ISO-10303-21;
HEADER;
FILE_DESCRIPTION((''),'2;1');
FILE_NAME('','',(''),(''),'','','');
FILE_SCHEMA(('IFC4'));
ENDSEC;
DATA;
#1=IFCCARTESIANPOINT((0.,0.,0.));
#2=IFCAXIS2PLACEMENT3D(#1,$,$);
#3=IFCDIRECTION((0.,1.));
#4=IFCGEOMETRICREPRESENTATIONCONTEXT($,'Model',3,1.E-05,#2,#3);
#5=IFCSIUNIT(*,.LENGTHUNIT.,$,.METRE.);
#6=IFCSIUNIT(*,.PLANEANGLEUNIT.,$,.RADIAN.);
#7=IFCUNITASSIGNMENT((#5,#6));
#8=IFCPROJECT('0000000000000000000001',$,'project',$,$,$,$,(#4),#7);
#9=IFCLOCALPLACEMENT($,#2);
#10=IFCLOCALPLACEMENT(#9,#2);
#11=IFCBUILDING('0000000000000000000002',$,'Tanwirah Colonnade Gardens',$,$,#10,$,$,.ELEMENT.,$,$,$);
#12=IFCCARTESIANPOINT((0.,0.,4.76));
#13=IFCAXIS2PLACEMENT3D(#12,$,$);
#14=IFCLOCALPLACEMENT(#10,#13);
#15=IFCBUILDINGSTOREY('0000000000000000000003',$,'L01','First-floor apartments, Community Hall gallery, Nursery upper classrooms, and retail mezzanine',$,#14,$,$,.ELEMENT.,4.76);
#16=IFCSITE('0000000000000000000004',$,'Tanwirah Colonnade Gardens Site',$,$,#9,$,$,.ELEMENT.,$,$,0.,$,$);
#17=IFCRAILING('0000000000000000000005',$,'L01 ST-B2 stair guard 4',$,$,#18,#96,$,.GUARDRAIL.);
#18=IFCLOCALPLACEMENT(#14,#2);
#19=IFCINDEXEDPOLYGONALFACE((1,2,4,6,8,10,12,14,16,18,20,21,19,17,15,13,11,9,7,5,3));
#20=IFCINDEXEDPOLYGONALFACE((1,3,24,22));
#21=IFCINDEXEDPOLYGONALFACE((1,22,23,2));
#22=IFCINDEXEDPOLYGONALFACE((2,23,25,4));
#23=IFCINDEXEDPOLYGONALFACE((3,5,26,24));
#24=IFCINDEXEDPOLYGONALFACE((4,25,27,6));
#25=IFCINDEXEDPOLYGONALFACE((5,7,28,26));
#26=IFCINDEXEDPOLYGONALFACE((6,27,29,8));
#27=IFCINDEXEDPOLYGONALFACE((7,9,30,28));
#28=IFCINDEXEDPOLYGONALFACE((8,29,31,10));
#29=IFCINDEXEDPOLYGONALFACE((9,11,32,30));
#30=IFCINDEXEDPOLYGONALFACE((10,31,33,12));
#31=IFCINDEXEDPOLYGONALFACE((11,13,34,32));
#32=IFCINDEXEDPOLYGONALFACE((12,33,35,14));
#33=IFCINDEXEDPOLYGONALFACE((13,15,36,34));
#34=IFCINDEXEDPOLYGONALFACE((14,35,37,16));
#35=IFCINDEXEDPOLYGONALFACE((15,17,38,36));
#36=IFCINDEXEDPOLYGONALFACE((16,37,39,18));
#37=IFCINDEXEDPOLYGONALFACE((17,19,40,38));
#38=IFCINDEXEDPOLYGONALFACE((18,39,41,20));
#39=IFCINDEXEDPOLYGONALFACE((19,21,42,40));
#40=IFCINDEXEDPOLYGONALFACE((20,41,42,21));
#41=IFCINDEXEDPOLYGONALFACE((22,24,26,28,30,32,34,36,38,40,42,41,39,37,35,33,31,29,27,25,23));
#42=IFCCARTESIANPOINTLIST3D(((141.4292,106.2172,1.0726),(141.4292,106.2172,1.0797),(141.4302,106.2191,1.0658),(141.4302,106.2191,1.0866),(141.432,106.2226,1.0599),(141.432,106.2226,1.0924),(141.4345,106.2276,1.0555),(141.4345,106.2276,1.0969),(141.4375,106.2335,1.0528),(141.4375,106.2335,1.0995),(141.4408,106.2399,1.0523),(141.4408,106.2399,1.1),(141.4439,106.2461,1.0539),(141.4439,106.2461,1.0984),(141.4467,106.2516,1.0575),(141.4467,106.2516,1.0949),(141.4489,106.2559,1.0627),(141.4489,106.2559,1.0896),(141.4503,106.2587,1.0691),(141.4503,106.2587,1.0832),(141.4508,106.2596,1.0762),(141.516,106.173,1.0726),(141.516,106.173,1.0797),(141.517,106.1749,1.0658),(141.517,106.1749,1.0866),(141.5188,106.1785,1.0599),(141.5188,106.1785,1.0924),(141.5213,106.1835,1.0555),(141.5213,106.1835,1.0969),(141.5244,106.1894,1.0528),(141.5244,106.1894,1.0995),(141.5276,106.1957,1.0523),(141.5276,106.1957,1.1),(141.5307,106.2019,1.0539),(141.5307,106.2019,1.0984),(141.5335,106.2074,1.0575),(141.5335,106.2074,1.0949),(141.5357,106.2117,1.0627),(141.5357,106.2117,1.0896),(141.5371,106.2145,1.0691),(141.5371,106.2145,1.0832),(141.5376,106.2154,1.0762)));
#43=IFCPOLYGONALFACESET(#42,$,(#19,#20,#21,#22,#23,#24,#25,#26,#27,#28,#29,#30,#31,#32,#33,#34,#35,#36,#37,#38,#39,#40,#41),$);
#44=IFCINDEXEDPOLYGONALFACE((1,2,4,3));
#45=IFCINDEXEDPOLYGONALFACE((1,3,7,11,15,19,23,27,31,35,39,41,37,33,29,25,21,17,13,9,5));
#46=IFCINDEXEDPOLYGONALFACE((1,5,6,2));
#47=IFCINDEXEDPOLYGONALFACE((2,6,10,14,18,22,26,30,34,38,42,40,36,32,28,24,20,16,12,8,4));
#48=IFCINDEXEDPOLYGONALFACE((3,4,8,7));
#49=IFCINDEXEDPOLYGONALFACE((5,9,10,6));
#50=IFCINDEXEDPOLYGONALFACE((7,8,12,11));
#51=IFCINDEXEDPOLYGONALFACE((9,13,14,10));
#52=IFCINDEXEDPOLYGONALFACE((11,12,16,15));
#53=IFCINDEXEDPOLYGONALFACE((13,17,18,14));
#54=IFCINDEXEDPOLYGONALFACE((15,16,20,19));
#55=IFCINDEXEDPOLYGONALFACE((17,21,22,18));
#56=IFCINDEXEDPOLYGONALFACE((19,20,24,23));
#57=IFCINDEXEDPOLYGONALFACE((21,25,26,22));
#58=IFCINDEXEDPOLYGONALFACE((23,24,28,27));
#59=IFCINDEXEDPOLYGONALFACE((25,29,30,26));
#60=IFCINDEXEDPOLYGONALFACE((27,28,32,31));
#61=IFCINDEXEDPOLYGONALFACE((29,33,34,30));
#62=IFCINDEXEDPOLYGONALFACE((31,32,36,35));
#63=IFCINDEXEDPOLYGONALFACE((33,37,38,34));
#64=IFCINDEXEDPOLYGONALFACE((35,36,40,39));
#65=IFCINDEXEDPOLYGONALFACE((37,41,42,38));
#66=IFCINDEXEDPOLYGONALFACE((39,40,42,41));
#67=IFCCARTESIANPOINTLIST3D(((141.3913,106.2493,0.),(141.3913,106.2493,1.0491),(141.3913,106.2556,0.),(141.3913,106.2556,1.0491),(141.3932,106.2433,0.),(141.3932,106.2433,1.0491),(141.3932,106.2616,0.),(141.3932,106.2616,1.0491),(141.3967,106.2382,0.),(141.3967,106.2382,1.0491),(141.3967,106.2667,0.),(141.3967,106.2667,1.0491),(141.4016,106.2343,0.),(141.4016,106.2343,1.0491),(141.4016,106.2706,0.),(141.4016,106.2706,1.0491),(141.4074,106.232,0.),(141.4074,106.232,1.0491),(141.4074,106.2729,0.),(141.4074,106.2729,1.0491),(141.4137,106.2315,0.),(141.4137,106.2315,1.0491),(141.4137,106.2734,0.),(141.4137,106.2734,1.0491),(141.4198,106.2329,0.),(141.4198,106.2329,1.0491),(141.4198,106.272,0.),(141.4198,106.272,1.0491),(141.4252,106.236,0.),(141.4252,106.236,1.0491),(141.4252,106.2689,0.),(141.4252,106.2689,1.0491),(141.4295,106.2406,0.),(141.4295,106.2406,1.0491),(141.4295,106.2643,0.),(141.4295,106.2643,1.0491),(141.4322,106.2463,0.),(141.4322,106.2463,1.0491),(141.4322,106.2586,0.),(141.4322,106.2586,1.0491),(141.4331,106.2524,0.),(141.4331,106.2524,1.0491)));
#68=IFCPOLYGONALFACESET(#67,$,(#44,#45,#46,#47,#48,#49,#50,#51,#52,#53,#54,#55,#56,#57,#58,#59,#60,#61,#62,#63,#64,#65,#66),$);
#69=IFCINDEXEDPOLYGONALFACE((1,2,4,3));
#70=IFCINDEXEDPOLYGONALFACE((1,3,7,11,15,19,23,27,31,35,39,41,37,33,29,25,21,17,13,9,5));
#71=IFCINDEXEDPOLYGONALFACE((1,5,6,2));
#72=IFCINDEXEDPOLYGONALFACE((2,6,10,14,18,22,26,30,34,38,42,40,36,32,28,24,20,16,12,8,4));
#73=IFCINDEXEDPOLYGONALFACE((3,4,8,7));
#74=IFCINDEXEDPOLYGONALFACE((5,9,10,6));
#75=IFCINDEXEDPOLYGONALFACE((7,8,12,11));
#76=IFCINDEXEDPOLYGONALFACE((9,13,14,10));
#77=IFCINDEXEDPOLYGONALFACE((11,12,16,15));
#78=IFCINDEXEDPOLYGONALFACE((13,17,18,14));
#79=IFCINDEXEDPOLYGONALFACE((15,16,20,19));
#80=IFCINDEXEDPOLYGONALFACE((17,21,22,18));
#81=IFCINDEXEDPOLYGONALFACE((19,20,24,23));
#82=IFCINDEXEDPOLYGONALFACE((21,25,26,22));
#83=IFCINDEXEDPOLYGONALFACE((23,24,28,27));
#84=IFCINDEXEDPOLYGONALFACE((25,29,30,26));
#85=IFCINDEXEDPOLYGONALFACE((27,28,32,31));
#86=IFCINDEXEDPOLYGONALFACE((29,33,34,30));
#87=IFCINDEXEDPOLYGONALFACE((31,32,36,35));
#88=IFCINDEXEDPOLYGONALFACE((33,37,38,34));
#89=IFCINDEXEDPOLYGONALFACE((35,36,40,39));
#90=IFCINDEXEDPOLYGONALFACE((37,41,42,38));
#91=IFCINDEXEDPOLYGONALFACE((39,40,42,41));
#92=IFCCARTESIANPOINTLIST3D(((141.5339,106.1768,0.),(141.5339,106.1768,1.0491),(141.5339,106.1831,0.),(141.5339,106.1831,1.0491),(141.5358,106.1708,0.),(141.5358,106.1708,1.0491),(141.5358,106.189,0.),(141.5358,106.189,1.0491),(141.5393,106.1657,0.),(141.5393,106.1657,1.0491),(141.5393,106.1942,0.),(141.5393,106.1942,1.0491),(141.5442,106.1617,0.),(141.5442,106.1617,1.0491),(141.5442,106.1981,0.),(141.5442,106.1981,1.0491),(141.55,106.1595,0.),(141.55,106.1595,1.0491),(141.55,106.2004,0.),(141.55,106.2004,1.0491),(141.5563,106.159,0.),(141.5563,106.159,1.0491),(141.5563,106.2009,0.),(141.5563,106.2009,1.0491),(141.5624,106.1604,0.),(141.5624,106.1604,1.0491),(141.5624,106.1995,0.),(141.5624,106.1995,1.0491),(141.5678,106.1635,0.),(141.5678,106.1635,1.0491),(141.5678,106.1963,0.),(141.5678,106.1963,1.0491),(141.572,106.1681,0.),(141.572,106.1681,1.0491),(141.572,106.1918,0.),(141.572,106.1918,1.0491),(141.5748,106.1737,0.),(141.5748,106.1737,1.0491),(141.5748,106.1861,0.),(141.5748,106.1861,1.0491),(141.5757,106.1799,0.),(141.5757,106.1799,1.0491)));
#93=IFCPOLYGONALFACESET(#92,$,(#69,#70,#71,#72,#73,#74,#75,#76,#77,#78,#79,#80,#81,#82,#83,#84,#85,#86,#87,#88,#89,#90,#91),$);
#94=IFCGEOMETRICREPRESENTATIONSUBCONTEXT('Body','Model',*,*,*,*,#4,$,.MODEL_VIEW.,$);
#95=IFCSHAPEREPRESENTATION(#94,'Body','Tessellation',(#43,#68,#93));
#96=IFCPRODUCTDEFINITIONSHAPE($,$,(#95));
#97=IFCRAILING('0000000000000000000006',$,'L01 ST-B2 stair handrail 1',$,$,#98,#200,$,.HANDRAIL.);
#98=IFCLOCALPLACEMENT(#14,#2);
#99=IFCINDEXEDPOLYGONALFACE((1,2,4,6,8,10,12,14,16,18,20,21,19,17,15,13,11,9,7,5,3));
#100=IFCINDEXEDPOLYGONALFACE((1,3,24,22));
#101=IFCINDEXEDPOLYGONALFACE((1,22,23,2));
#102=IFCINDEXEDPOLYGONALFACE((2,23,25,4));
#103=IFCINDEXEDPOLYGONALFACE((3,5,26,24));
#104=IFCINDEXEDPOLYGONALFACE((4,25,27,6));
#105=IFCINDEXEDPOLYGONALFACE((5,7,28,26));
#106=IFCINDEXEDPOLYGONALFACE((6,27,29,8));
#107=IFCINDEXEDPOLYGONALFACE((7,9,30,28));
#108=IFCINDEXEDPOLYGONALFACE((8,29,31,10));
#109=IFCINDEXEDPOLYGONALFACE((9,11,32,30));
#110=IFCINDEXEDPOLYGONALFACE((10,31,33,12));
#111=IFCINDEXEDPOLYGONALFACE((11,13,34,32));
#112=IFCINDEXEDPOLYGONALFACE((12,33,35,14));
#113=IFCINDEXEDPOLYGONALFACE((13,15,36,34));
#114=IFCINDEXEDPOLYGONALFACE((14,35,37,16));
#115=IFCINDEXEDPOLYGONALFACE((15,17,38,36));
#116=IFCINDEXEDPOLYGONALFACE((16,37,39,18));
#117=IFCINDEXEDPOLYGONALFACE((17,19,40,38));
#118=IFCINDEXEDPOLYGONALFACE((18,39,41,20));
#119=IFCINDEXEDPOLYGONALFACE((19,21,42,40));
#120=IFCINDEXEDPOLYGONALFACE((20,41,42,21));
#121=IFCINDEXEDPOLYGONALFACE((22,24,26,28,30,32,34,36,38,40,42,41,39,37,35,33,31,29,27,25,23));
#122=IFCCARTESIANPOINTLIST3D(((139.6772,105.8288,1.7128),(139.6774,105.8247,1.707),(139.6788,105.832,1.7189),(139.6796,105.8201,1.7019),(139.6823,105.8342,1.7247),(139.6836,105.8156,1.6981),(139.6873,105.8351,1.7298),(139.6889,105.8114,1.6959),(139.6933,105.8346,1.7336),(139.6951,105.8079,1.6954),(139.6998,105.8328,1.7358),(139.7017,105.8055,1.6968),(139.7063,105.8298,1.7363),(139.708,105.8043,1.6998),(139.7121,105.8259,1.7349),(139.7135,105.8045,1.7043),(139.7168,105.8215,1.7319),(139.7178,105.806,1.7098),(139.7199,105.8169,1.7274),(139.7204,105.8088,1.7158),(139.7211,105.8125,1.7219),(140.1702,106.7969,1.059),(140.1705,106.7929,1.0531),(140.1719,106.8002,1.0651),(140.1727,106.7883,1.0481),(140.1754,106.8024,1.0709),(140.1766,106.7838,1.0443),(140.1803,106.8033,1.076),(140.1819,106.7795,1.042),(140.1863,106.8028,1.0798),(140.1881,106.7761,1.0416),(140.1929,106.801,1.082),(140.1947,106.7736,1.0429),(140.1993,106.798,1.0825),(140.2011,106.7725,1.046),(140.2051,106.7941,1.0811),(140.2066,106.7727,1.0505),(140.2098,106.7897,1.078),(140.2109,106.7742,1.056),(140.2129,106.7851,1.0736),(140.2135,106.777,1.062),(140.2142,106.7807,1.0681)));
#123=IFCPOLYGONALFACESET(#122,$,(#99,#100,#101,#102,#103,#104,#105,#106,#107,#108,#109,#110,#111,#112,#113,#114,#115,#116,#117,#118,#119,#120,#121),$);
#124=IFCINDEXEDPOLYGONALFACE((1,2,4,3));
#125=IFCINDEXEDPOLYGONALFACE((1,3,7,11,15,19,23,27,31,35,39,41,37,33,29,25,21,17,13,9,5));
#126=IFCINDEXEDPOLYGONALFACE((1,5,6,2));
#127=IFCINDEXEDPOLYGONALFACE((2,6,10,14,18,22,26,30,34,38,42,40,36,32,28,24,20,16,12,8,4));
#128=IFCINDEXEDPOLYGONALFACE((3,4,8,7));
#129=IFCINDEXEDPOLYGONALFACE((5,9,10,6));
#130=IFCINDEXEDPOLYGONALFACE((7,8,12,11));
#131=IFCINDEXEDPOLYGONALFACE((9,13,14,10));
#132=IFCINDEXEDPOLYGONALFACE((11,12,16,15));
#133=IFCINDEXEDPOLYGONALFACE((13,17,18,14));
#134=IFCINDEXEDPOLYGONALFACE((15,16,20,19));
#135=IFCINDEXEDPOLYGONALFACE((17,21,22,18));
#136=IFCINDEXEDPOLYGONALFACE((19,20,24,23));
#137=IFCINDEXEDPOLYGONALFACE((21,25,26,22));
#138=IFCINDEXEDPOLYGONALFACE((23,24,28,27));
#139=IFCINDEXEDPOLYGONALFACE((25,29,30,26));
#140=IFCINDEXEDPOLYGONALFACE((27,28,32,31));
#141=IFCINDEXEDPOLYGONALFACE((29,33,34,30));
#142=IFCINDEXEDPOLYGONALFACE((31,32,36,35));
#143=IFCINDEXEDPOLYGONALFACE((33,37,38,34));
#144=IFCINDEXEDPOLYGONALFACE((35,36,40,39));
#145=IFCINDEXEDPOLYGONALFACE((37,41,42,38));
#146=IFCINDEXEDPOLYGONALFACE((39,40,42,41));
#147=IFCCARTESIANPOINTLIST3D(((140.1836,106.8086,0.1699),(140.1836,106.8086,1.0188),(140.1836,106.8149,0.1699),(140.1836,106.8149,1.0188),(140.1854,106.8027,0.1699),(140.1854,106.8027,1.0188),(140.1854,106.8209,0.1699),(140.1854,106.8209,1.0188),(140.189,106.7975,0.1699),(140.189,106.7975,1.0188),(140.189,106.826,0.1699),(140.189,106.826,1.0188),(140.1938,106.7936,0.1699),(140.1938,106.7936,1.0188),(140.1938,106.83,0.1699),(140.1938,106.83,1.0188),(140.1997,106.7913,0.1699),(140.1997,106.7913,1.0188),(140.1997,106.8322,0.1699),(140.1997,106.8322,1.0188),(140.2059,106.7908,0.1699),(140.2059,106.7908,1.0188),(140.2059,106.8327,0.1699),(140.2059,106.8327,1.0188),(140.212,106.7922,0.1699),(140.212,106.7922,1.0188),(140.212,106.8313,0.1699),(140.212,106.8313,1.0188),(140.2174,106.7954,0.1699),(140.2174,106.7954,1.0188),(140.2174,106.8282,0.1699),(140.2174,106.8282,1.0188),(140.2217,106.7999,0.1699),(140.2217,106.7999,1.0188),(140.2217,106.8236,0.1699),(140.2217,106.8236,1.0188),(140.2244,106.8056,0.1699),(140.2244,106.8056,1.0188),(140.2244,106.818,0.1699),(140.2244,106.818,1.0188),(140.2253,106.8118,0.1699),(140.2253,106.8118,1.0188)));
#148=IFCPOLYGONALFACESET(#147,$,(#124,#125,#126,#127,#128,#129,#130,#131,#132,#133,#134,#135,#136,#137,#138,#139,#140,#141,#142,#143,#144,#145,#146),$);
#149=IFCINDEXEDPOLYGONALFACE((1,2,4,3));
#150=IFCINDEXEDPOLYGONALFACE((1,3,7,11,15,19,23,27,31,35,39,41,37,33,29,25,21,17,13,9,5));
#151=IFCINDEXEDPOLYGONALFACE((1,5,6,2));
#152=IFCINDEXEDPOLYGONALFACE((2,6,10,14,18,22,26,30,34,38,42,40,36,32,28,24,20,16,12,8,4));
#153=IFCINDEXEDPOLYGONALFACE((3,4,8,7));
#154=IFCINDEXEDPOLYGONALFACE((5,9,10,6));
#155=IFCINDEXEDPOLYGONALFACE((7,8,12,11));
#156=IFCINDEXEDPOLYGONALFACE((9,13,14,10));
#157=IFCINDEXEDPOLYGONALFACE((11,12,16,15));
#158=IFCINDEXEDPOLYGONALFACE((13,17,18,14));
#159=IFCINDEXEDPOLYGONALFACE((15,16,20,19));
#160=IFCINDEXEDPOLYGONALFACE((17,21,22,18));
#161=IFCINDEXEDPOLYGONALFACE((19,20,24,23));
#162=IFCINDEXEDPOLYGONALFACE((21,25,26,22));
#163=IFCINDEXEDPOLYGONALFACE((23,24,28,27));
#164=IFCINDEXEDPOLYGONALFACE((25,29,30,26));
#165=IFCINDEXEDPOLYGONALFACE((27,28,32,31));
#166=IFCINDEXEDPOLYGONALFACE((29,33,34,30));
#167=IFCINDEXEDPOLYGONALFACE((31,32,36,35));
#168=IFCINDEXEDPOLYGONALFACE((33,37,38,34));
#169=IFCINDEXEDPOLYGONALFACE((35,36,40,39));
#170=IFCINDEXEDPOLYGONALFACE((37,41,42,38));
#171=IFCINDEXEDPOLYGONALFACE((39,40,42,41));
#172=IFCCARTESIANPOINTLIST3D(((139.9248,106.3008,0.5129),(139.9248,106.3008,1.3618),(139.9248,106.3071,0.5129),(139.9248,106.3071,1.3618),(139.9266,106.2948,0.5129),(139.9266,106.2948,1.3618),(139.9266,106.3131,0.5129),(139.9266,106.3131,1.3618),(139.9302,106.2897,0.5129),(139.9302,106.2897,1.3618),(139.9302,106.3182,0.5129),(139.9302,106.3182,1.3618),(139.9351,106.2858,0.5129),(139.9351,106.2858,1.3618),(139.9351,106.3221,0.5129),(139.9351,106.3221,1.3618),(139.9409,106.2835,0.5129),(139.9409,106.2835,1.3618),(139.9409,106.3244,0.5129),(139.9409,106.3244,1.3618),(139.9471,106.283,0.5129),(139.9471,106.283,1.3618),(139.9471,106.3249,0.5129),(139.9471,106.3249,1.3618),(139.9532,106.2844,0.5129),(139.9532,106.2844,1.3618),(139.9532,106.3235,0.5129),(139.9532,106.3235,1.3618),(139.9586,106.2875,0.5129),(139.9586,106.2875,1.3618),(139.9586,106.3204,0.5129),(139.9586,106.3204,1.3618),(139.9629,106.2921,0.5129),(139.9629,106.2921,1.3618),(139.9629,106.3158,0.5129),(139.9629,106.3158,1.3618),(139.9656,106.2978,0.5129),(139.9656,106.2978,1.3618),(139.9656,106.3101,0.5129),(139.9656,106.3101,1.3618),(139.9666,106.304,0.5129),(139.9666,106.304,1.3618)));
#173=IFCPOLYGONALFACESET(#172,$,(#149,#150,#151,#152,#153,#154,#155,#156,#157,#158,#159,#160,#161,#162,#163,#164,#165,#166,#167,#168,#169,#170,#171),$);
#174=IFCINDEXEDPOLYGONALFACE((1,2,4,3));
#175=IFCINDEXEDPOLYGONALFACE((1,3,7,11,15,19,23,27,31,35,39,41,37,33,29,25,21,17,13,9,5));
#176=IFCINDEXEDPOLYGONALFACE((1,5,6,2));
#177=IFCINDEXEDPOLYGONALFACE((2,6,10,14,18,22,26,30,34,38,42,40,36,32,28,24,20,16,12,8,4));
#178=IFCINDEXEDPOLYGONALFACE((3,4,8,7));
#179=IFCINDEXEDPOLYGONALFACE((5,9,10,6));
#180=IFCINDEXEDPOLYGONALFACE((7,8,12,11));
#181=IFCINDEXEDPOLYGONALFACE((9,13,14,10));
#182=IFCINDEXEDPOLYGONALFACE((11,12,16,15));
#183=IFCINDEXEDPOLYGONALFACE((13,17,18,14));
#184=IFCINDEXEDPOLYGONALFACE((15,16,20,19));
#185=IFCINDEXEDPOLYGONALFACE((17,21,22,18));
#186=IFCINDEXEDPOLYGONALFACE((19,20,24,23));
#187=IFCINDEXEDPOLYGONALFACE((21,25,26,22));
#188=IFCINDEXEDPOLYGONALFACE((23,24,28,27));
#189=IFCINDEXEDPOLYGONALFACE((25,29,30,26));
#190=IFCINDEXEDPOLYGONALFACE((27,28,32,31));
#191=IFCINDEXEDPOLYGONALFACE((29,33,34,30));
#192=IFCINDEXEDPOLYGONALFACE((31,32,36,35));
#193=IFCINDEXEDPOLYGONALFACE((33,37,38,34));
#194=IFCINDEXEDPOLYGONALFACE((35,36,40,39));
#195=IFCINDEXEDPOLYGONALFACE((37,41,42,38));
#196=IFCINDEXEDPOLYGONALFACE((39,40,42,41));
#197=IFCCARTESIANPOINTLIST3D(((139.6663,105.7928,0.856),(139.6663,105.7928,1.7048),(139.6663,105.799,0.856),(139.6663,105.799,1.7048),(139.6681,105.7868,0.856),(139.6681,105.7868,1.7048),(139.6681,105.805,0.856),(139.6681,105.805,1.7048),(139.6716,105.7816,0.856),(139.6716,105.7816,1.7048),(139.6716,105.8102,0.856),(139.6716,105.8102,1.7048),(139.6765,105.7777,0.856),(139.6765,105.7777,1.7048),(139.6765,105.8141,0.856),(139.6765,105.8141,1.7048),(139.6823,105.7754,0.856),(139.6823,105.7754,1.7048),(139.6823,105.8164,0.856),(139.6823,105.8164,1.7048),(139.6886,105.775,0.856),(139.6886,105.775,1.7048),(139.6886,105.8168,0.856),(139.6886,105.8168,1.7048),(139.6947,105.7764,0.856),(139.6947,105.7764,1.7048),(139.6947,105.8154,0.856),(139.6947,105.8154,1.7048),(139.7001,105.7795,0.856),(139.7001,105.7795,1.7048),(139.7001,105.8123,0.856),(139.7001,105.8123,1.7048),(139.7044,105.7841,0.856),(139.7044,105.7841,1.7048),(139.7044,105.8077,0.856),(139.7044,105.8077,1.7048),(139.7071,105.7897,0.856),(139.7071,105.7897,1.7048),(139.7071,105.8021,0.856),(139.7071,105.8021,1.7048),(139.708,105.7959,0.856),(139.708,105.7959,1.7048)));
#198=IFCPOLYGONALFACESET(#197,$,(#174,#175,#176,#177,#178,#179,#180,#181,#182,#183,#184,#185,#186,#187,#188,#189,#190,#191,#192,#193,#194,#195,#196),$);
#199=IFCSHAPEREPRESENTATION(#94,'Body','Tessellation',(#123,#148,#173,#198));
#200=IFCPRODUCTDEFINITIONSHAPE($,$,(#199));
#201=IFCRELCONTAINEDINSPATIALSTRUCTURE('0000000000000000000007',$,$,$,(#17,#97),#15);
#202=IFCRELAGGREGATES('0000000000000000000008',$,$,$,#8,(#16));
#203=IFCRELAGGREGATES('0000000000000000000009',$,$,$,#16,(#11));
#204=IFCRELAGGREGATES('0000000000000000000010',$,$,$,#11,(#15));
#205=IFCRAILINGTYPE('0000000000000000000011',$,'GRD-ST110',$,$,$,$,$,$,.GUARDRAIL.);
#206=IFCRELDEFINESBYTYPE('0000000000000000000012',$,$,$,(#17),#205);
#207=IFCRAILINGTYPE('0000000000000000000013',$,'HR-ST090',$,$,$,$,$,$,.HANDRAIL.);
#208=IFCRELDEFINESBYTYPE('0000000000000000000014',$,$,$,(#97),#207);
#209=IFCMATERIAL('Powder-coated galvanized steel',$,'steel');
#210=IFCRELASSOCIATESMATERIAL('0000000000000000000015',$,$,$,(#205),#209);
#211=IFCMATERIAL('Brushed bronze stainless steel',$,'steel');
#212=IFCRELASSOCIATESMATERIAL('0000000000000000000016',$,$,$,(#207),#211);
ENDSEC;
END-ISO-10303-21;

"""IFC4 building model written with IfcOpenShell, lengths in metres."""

from ifc_helpers import new_model, si_unit, direction, frame, origin, origin_2d, place, context, subcontext, project, spatial, circle, extrude, material, type_object, element, save


model = new_model("IFC4")

# Units and contexts
model_context = context("Model", 3, precision=1e-05, world=origin(), true_north=direction((0.0, 1.0)))
body_context = subcontext(model_context, "Body", "Model", "MODEL_VIEW")
ifc_project = project(units=[si_unit("LENGTHUNIT", "METRE"), si_unit("PLANEANGLEUNIT", "RADIAN")], contexts=[model_context])

# Site, building, storey
site_placement = place(None, origin())
site = spatial("IfcSite", under=ifc_project, at=site_placement, Name="Tanwirah Colonnade Gardens Site", CompositionType="ELEMENT", RefElevation=0.0)
building_placement = place(site_placement, origin())
building = spatial("IfcBuilding", under=site, at=building_placement, Name="Tanwirah Colonnade Gardens", CompositionType="ELEMENT")
storey_placement = place(building_placement, frame((0.0, 0.0, 4.76)))
storey = spatial("IfcBuildingStorey", under=building, at=storey_placement, Name="L01", Description="First-floor apartments, Community Hall gallery, Nursery upper classrooms, and retail mezzanine", CompositionType="ELEMENT", Elevation=4.76)

# Railings
ifc_material_1 = material(Name="Powder-coated galvanized steel", Category="steel")
railing_type_1 = type_object("IfcRailingType", Name="GRD-ST110", PredefinedType="GUARDRAIL", material=ifc_material_1)
railing_1_placement = place(storey_placement, frame((141.4121, 106.2524, 0.0)))
element("IfcRailing", 1, at=railing_1_placement, inside=storey, type_object=railing_type_1, Name="L01 ST-B2 stair guard 4", PredefinedType="GUARDRAIL", context=body_context, shape_type="SweptSolid", body=[
    extrude(circle(Radius=0.0239, at=origin_2d()), frame((0.0278, -0.0142, 1.0762), z_axis=(0.891354, -0.453308, 0.0), x_axis=(0.453308, 0.891354, 0.0)), (0.0, 0.0, 1.0), 0.0974),
    extrude(circle(Radius=0.021, at=origin_2d()), origin(), (0.0, 0.0, 1.0), 1.0491),
    extrude(circle(Radius=0.021, at=origin_2d()), frame((0.1426, -0.0725, 0.0)), (0.0, 0.0, 1.0), 1.0491),
])
ifc_material_2 = material(Name="Brushed bronze stainless steel", Category="steel")
railing_type_2 = type_object("IfcRailingType", Name="HR-ST090", PredefinedType="HANDRAIL", material=ifc_material_2)
railing_2_placement = place(storey_placement, frame((140.2043, 106.8118, 0.1699)))
element("IfcRailing", 2, at=railing_2_placement, inside=storey, type_object=railing_type_2, Name="L01 ST-B2 stair handrail 1", PredefinedType="HANDRAIL", context=body_context, shape_type="SweptSolid", body=[
    extrude(circle(Radius=0.0239, at=origin_2d()), frame((-0.0122, -0.0239, 0.8921), z_axis=(-0.388823, -0.763516, 0.515616), x_axis=(0.891105, -0.453797, 0.0)), (0.0, 0.0, 1.0), 1.2681),
    extrude(circle(Radius=0.021, at=origin_2d()), origin(), (0.0, 0.0, 1.0), 0.8489),
    extrude(circle(Radius=0.021, at=origin_2d()), frame((-0.2588, -0.5078, 0.343)), (0.0, 0.0, 1.0), 0.8489),
    extrude(circle(Radius=0.021, at=origin_2d()), frame((-0.5173, -1.0159, 0.686)), (0.0, 0.0, 1.0), 0.8489),
])

save(model, "model.ifc")
